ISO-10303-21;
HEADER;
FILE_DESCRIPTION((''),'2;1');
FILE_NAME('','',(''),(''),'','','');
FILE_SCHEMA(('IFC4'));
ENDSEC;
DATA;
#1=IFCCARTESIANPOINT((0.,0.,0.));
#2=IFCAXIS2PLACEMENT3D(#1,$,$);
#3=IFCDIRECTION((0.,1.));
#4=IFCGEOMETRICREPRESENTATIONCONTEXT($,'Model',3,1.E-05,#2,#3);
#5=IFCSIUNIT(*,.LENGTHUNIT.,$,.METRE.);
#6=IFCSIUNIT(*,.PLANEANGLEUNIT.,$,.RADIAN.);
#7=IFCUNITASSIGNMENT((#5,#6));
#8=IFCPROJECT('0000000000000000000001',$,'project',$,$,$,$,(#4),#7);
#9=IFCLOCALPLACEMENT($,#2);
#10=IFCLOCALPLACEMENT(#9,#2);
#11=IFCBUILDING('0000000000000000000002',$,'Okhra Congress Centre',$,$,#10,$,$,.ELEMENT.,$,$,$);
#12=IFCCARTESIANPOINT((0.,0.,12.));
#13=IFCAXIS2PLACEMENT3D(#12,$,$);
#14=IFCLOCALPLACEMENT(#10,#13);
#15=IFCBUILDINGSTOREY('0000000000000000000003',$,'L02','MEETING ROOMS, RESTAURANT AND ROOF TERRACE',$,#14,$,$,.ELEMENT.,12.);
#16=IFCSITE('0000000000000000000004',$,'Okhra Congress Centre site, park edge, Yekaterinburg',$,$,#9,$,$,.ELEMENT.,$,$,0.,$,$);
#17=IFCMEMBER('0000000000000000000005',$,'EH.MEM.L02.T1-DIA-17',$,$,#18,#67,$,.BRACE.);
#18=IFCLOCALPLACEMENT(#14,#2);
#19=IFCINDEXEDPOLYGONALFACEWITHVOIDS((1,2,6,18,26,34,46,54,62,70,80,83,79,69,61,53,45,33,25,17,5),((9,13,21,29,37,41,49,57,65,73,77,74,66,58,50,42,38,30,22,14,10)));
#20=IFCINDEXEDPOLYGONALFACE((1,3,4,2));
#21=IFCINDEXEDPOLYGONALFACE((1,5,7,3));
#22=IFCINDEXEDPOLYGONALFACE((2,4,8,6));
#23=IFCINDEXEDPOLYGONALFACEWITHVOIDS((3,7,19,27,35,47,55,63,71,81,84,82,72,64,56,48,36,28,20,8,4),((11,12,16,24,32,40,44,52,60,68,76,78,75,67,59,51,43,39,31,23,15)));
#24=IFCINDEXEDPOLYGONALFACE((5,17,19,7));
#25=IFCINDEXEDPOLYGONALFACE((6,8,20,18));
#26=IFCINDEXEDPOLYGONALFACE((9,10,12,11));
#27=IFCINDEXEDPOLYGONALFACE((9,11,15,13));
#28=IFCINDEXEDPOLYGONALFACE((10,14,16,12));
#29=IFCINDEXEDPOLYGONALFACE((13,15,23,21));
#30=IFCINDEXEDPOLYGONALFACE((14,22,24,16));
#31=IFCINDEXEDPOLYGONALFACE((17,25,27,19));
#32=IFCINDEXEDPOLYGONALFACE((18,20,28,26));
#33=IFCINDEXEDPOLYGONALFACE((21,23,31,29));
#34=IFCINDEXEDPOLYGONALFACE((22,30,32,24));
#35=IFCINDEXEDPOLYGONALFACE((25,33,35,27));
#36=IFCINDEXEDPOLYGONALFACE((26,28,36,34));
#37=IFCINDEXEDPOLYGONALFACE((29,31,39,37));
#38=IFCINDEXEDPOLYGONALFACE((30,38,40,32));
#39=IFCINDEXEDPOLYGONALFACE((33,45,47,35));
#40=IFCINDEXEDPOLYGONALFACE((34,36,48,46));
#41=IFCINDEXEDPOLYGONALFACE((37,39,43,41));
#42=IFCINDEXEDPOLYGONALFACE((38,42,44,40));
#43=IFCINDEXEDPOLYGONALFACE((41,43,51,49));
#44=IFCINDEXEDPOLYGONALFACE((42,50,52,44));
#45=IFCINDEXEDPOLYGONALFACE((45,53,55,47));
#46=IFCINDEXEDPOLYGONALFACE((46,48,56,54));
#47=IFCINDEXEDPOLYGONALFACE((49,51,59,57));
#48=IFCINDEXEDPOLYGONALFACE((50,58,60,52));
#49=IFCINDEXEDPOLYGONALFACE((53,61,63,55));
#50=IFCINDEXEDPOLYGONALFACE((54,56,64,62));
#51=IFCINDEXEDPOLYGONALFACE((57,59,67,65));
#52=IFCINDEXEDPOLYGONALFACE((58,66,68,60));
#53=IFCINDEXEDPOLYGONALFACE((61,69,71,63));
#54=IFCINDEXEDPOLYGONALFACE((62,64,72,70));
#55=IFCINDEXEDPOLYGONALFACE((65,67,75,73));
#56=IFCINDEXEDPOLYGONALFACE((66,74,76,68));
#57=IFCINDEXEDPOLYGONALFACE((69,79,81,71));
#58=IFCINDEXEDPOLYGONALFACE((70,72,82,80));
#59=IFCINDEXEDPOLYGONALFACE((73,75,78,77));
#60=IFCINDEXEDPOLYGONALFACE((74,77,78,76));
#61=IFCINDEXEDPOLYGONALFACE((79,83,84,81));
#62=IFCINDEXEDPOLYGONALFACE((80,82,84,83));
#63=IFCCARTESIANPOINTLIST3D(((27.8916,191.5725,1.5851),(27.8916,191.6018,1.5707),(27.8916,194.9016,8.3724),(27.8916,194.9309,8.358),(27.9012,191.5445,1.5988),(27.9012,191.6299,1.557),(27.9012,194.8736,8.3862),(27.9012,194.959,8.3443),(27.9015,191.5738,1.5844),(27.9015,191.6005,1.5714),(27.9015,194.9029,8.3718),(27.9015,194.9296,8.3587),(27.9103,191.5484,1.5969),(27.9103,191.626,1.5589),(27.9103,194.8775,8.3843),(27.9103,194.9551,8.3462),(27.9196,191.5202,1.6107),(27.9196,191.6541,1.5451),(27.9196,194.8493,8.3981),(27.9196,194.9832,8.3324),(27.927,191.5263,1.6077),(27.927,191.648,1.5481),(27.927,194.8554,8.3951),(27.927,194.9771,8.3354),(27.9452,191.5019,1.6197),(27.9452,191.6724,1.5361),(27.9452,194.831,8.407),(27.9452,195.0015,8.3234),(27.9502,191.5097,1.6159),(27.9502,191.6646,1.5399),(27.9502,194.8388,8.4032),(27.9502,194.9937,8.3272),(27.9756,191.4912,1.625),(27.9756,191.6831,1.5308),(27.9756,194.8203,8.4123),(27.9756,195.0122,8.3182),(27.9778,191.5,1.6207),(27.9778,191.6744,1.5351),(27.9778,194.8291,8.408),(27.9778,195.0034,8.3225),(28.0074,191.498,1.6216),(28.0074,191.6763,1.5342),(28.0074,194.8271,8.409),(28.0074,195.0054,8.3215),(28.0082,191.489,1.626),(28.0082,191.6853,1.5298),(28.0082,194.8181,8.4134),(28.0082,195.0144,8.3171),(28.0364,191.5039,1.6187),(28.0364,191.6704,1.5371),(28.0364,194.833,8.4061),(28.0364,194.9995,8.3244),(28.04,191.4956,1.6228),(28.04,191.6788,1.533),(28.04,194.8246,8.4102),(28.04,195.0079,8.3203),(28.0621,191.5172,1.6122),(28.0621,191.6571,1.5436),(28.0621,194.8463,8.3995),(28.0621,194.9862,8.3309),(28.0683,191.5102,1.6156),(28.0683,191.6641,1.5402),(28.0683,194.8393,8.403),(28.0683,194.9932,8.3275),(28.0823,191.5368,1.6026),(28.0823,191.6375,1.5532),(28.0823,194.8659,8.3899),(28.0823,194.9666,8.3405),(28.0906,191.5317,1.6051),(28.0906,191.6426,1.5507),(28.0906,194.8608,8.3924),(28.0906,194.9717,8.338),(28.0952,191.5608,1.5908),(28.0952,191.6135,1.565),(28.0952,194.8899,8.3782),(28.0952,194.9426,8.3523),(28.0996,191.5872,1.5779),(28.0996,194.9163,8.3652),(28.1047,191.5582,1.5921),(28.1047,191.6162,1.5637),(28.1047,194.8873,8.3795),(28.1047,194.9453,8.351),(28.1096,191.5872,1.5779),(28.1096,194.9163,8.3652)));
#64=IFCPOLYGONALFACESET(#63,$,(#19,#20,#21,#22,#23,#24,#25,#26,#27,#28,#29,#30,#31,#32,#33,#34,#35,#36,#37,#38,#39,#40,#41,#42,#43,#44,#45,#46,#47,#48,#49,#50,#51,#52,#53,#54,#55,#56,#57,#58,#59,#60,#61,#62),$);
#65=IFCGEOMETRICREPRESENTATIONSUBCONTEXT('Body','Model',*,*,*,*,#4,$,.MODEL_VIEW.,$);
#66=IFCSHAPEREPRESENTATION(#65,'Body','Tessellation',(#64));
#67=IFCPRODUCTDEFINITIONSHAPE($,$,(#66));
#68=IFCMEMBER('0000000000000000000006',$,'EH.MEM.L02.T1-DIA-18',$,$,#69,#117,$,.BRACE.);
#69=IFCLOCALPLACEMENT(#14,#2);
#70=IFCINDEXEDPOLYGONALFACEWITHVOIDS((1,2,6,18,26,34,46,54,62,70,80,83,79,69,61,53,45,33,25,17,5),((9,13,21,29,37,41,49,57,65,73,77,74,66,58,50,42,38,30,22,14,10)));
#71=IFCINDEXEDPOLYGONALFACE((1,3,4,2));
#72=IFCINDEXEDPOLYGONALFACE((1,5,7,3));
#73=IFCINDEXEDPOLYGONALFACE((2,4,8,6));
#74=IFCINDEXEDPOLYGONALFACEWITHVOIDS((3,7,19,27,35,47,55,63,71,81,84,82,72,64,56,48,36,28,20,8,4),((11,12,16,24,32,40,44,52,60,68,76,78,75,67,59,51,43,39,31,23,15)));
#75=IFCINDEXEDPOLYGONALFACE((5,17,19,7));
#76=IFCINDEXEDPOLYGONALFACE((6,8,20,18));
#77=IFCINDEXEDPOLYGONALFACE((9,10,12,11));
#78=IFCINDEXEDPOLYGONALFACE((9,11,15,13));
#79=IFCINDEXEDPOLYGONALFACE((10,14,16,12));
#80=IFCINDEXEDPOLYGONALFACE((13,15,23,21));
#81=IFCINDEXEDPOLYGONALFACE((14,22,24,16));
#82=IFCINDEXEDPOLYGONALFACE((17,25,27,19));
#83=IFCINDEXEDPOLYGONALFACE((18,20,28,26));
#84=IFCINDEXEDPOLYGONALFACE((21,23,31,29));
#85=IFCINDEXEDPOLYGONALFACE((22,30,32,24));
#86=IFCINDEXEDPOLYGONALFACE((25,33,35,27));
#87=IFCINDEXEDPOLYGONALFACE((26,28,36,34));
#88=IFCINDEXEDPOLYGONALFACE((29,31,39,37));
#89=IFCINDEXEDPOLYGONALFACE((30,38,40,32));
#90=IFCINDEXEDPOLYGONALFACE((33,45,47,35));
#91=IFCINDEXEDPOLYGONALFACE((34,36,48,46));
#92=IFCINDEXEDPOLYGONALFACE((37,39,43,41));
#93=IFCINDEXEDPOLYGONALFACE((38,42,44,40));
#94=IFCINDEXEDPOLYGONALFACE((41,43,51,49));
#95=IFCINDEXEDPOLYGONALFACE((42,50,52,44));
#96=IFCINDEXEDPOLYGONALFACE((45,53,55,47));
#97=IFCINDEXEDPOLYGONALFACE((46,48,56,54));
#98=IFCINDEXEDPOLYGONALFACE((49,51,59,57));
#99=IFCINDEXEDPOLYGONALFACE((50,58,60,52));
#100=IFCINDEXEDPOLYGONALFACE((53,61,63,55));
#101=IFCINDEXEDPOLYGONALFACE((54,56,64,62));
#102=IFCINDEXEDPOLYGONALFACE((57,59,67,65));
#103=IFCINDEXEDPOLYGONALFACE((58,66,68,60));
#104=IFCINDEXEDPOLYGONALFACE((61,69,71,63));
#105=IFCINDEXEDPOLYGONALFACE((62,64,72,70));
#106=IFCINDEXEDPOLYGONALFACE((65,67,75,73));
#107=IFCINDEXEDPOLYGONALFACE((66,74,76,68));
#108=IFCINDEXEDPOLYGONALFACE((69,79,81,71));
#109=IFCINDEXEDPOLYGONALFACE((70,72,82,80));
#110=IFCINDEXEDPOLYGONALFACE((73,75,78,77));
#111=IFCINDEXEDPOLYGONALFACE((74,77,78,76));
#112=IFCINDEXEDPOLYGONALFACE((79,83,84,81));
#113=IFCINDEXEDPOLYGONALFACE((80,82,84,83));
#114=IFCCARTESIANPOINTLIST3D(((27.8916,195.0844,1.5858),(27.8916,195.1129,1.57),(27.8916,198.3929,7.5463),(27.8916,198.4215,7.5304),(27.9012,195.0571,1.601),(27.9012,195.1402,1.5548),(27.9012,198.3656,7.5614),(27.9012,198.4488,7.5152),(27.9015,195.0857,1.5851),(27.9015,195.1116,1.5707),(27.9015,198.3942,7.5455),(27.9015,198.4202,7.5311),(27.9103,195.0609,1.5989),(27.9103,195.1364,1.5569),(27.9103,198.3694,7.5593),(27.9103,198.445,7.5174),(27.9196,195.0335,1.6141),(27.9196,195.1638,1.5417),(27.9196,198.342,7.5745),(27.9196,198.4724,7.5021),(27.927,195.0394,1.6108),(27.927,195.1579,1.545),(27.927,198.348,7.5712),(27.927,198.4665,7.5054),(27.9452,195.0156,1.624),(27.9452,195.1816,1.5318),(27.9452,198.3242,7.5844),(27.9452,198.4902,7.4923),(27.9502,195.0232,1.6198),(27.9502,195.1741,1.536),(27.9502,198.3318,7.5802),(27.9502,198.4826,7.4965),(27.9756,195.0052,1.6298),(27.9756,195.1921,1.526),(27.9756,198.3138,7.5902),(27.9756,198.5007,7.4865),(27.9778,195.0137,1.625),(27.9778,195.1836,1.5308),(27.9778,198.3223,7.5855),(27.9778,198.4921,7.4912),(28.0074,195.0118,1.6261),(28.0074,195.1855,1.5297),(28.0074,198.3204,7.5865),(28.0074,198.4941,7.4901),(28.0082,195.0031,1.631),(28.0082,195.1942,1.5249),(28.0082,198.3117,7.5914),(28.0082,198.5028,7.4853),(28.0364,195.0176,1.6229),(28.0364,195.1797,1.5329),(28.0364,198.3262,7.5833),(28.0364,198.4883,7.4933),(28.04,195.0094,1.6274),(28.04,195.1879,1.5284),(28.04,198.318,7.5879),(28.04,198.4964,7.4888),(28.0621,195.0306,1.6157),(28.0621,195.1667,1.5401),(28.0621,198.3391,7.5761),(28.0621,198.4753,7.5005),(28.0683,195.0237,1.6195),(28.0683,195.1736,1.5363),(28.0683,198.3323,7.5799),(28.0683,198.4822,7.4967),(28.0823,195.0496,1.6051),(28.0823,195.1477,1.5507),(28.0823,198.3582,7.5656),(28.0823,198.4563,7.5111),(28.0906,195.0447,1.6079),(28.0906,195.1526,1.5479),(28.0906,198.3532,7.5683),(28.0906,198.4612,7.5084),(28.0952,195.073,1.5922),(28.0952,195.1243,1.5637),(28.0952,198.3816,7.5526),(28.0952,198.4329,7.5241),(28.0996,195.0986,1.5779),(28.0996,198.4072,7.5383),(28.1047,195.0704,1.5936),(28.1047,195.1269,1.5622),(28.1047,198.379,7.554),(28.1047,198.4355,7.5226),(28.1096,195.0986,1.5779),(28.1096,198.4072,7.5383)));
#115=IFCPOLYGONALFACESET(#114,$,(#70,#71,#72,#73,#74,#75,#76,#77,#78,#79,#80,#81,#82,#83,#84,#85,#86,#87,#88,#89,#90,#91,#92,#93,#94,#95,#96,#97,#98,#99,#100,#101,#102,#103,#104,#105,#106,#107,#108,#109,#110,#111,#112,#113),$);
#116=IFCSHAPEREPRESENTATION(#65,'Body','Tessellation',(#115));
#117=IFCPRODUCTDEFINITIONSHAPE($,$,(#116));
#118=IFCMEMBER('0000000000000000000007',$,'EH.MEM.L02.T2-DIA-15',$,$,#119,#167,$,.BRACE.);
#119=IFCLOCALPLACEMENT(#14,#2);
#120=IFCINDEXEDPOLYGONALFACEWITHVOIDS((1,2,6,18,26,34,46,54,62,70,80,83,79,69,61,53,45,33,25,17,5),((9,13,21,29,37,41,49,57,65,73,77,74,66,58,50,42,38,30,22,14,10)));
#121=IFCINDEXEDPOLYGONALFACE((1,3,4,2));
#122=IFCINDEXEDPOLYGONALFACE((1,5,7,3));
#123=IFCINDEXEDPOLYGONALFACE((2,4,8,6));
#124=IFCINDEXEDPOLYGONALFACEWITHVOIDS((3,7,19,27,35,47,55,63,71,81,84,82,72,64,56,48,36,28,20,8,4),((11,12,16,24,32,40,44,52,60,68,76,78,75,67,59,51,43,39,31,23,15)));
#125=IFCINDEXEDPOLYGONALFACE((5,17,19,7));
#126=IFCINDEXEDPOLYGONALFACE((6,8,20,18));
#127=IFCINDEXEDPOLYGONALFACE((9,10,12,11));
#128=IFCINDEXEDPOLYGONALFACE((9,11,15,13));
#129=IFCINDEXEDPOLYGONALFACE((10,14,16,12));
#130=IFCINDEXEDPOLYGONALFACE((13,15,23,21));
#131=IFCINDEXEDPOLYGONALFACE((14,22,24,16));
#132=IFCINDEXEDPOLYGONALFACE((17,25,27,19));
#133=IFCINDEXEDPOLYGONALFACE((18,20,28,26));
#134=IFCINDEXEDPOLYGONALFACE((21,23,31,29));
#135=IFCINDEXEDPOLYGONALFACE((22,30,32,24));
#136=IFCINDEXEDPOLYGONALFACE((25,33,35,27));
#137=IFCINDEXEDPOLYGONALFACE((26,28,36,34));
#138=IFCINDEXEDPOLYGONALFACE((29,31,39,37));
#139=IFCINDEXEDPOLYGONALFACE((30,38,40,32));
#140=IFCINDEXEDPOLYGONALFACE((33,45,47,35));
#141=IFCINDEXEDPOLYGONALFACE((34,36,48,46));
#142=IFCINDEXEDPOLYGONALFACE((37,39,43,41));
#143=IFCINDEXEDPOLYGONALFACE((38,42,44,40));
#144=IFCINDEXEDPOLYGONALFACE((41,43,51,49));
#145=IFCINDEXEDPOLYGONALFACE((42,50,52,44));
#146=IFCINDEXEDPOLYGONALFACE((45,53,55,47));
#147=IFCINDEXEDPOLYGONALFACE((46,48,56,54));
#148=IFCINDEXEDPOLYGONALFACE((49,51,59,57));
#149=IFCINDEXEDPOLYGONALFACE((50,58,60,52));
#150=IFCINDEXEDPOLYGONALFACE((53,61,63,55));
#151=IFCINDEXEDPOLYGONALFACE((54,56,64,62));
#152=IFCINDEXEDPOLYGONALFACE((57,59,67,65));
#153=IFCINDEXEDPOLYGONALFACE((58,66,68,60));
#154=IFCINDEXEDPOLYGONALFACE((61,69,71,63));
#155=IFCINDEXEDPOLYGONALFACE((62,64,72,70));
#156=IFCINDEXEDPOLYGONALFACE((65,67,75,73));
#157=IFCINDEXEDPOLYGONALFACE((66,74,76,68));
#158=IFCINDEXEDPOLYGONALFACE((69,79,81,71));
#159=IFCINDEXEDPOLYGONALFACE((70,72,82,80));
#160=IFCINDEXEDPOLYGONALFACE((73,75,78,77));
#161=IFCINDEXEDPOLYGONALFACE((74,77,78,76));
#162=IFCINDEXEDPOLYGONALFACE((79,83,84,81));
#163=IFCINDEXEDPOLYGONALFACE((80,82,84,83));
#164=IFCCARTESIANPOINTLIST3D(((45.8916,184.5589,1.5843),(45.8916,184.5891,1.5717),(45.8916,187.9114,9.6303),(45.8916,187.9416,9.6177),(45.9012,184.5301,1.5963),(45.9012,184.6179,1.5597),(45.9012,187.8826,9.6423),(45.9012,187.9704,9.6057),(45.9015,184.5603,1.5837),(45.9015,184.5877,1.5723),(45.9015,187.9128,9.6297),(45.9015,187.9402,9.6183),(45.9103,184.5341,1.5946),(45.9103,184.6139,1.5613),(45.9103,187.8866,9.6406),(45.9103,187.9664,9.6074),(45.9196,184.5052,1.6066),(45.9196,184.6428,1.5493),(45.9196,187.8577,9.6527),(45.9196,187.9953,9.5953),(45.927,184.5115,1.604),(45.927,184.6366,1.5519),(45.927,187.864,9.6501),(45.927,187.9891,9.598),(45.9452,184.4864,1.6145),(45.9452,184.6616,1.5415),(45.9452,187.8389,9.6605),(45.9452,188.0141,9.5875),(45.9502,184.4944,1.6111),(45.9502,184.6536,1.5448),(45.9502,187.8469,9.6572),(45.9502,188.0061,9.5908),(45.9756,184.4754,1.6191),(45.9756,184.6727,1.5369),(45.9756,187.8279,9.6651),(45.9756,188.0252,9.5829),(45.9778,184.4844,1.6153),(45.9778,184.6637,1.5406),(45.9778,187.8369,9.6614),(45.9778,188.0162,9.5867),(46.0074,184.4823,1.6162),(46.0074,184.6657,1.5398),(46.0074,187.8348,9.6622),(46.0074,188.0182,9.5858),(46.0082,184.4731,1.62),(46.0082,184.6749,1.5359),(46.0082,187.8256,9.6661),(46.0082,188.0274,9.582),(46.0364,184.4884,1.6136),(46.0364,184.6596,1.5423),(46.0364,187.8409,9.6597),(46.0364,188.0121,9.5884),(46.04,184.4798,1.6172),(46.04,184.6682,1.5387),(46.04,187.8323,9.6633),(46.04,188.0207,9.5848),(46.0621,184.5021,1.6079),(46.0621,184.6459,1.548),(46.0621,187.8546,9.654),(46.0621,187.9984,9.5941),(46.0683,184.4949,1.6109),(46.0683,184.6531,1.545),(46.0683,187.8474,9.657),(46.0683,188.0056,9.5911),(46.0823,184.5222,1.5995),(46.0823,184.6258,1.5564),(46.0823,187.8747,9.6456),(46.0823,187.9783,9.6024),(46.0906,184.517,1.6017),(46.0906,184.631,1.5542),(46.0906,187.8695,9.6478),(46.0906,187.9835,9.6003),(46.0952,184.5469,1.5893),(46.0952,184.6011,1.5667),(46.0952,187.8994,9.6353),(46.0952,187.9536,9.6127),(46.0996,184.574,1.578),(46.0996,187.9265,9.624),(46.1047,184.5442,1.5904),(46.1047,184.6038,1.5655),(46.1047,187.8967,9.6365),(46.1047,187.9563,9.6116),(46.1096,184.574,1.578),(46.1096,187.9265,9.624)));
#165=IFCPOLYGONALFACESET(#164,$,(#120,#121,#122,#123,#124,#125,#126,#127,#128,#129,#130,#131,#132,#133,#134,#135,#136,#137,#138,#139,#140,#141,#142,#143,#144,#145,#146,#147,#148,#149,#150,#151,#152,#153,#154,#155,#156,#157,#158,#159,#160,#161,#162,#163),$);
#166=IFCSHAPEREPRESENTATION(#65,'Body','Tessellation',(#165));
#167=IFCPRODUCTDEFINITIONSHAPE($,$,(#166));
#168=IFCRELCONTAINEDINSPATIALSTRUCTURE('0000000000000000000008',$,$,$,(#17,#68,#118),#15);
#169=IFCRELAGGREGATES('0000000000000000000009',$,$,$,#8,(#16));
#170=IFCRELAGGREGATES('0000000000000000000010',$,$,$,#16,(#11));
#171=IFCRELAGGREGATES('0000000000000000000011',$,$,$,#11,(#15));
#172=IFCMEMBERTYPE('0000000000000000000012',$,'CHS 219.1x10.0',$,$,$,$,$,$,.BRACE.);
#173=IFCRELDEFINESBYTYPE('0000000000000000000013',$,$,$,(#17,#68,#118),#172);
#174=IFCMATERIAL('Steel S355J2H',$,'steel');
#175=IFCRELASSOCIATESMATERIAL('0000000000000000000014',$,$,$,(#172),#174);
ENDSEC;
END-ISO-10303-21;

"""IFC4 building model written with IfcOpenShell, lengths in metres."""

from ifc_helpers import new_model, si_unit, direction, frame, origin, origin_2d, place, context, subcontext, project, spatial, hollow_circle, extrude, material, material_profile, profile_set, type_object, element, save


model = new_model("IFC4")

# Units and contexts
model_context = context("Model", 3, precision=1e-05, world=origin(), true_north=direction((0.0, 1.0)))
body_context = subcontext(model_context, "Body", "Model", "MODEL_VIEW")
ifc_project = project(units=[si_unit("LENGTHUNIT", "METRE"), si_unit("PLANEANGLEUNIT", "RADIAN")], contexts=[model_context])

# Site, building, storey
site_placement = place(None, origin())
site = spatial("IfcSite", under=ifc_project, at=site_placement, Name="Okhra Congress Centre site, park edge, Yekaterinburg", CompositionType="ELEMENT", RefElevation=0.0)
building_placement = place(site_placement, origin())
building = spatial("IfcBuilding", under=site, at=building_placement, Name="Okhra Congress Centre", CompositionType="ELEMENT")
storey_placement = place(building_placement, frame((0.0, 0.0, 12.0)))
storey = spatial("IfcBuildingStorey", under=building, at=storey_placement, Name="L02", Description="MEETING ROOMS, RESTAURANT AND ROOF TERRACE", CompositionType="ELEMENT", Elevation=12.0)

# Members
ifc_material_1 = material(Name="Steel S355J2H", Category="steel")
ifc_material_profile_1 = material_profile(ifc_material_1, hollow_circle(Radius=0.1096, WallThickness=0.01, at=origin_2d()), Name="CHS 219.1x10.0")
ifc_profile_set_1 = profile_set([ifc_material_profile_1], Name="Steel S355J2H")
member_type_1 = type_object("IfcMemberType", Name="CHS 219.1x10.0", PredefinedType="BRACE", material=ifc_profile_set_1)
member_1_placement = place(storey_placement, frame((28.0, 194.9163, 8.3652), z_axis=(0.0, -0.440367, -0.897818), x_axis=(1.0, 0.0, 0.0)))
element("IfcMember", 1, at=member_1_placement, inside=storey, type_object=member_type_1, Name="EH.MEM.L02.T1-DIA-17", PredefinedType="BRACE", context=body_context, shape_type="SweptSolid", body=[
    extrude(hollow_circle(Radius=0.1096, WallThickness=0.01, at=origin_2d()), origin(), (0.0, 0.0, 1.0), 7.5598),
])
member_2_placement = place(storey_placement, frame((28.0, 198.4072, 7.5383), z_axis=(0.0, -0.485333, -0.87433), x_axis=(1.0, 0.0, 0.0)))
element("IfcMember", 2, at=member_2_placement, inside=storey, type_object=member_type_1, Name="EH.MEM.L02.T1-DIA-18", PredefinedType="BRACE", context=body_context, shape_type="SweptSolid", body=[
    extrude(hollow_circle(Radius=0.1096, WallThickness=0.01, at=origin_2d()), origin(), (0.0, 0.0, 1.0), 6.8171),
])
member_3_placement = place(storey_placement, frame((46.0, 187.9265, 9.624), z_axis=(0.0, -0.384613, -0.923078), x_axis=(1.0, 0.0, 0.0)))
element("IfcMember", 3, at=member_3_placement, inside=storey, type_object=member_type_1, Name="EH.MEM.L02.T2-DIA-15", PredefinedType="BRACE", context=body_context, shape_type="SweptSolid", body=[
    extrude(hollow_circle(Radius=0.1096, WallThickness=0.01, at=origin_2d()), origin(), (0.0, 0.0, 1.0), 8.7166),
])

save(model, "model.ifc")
